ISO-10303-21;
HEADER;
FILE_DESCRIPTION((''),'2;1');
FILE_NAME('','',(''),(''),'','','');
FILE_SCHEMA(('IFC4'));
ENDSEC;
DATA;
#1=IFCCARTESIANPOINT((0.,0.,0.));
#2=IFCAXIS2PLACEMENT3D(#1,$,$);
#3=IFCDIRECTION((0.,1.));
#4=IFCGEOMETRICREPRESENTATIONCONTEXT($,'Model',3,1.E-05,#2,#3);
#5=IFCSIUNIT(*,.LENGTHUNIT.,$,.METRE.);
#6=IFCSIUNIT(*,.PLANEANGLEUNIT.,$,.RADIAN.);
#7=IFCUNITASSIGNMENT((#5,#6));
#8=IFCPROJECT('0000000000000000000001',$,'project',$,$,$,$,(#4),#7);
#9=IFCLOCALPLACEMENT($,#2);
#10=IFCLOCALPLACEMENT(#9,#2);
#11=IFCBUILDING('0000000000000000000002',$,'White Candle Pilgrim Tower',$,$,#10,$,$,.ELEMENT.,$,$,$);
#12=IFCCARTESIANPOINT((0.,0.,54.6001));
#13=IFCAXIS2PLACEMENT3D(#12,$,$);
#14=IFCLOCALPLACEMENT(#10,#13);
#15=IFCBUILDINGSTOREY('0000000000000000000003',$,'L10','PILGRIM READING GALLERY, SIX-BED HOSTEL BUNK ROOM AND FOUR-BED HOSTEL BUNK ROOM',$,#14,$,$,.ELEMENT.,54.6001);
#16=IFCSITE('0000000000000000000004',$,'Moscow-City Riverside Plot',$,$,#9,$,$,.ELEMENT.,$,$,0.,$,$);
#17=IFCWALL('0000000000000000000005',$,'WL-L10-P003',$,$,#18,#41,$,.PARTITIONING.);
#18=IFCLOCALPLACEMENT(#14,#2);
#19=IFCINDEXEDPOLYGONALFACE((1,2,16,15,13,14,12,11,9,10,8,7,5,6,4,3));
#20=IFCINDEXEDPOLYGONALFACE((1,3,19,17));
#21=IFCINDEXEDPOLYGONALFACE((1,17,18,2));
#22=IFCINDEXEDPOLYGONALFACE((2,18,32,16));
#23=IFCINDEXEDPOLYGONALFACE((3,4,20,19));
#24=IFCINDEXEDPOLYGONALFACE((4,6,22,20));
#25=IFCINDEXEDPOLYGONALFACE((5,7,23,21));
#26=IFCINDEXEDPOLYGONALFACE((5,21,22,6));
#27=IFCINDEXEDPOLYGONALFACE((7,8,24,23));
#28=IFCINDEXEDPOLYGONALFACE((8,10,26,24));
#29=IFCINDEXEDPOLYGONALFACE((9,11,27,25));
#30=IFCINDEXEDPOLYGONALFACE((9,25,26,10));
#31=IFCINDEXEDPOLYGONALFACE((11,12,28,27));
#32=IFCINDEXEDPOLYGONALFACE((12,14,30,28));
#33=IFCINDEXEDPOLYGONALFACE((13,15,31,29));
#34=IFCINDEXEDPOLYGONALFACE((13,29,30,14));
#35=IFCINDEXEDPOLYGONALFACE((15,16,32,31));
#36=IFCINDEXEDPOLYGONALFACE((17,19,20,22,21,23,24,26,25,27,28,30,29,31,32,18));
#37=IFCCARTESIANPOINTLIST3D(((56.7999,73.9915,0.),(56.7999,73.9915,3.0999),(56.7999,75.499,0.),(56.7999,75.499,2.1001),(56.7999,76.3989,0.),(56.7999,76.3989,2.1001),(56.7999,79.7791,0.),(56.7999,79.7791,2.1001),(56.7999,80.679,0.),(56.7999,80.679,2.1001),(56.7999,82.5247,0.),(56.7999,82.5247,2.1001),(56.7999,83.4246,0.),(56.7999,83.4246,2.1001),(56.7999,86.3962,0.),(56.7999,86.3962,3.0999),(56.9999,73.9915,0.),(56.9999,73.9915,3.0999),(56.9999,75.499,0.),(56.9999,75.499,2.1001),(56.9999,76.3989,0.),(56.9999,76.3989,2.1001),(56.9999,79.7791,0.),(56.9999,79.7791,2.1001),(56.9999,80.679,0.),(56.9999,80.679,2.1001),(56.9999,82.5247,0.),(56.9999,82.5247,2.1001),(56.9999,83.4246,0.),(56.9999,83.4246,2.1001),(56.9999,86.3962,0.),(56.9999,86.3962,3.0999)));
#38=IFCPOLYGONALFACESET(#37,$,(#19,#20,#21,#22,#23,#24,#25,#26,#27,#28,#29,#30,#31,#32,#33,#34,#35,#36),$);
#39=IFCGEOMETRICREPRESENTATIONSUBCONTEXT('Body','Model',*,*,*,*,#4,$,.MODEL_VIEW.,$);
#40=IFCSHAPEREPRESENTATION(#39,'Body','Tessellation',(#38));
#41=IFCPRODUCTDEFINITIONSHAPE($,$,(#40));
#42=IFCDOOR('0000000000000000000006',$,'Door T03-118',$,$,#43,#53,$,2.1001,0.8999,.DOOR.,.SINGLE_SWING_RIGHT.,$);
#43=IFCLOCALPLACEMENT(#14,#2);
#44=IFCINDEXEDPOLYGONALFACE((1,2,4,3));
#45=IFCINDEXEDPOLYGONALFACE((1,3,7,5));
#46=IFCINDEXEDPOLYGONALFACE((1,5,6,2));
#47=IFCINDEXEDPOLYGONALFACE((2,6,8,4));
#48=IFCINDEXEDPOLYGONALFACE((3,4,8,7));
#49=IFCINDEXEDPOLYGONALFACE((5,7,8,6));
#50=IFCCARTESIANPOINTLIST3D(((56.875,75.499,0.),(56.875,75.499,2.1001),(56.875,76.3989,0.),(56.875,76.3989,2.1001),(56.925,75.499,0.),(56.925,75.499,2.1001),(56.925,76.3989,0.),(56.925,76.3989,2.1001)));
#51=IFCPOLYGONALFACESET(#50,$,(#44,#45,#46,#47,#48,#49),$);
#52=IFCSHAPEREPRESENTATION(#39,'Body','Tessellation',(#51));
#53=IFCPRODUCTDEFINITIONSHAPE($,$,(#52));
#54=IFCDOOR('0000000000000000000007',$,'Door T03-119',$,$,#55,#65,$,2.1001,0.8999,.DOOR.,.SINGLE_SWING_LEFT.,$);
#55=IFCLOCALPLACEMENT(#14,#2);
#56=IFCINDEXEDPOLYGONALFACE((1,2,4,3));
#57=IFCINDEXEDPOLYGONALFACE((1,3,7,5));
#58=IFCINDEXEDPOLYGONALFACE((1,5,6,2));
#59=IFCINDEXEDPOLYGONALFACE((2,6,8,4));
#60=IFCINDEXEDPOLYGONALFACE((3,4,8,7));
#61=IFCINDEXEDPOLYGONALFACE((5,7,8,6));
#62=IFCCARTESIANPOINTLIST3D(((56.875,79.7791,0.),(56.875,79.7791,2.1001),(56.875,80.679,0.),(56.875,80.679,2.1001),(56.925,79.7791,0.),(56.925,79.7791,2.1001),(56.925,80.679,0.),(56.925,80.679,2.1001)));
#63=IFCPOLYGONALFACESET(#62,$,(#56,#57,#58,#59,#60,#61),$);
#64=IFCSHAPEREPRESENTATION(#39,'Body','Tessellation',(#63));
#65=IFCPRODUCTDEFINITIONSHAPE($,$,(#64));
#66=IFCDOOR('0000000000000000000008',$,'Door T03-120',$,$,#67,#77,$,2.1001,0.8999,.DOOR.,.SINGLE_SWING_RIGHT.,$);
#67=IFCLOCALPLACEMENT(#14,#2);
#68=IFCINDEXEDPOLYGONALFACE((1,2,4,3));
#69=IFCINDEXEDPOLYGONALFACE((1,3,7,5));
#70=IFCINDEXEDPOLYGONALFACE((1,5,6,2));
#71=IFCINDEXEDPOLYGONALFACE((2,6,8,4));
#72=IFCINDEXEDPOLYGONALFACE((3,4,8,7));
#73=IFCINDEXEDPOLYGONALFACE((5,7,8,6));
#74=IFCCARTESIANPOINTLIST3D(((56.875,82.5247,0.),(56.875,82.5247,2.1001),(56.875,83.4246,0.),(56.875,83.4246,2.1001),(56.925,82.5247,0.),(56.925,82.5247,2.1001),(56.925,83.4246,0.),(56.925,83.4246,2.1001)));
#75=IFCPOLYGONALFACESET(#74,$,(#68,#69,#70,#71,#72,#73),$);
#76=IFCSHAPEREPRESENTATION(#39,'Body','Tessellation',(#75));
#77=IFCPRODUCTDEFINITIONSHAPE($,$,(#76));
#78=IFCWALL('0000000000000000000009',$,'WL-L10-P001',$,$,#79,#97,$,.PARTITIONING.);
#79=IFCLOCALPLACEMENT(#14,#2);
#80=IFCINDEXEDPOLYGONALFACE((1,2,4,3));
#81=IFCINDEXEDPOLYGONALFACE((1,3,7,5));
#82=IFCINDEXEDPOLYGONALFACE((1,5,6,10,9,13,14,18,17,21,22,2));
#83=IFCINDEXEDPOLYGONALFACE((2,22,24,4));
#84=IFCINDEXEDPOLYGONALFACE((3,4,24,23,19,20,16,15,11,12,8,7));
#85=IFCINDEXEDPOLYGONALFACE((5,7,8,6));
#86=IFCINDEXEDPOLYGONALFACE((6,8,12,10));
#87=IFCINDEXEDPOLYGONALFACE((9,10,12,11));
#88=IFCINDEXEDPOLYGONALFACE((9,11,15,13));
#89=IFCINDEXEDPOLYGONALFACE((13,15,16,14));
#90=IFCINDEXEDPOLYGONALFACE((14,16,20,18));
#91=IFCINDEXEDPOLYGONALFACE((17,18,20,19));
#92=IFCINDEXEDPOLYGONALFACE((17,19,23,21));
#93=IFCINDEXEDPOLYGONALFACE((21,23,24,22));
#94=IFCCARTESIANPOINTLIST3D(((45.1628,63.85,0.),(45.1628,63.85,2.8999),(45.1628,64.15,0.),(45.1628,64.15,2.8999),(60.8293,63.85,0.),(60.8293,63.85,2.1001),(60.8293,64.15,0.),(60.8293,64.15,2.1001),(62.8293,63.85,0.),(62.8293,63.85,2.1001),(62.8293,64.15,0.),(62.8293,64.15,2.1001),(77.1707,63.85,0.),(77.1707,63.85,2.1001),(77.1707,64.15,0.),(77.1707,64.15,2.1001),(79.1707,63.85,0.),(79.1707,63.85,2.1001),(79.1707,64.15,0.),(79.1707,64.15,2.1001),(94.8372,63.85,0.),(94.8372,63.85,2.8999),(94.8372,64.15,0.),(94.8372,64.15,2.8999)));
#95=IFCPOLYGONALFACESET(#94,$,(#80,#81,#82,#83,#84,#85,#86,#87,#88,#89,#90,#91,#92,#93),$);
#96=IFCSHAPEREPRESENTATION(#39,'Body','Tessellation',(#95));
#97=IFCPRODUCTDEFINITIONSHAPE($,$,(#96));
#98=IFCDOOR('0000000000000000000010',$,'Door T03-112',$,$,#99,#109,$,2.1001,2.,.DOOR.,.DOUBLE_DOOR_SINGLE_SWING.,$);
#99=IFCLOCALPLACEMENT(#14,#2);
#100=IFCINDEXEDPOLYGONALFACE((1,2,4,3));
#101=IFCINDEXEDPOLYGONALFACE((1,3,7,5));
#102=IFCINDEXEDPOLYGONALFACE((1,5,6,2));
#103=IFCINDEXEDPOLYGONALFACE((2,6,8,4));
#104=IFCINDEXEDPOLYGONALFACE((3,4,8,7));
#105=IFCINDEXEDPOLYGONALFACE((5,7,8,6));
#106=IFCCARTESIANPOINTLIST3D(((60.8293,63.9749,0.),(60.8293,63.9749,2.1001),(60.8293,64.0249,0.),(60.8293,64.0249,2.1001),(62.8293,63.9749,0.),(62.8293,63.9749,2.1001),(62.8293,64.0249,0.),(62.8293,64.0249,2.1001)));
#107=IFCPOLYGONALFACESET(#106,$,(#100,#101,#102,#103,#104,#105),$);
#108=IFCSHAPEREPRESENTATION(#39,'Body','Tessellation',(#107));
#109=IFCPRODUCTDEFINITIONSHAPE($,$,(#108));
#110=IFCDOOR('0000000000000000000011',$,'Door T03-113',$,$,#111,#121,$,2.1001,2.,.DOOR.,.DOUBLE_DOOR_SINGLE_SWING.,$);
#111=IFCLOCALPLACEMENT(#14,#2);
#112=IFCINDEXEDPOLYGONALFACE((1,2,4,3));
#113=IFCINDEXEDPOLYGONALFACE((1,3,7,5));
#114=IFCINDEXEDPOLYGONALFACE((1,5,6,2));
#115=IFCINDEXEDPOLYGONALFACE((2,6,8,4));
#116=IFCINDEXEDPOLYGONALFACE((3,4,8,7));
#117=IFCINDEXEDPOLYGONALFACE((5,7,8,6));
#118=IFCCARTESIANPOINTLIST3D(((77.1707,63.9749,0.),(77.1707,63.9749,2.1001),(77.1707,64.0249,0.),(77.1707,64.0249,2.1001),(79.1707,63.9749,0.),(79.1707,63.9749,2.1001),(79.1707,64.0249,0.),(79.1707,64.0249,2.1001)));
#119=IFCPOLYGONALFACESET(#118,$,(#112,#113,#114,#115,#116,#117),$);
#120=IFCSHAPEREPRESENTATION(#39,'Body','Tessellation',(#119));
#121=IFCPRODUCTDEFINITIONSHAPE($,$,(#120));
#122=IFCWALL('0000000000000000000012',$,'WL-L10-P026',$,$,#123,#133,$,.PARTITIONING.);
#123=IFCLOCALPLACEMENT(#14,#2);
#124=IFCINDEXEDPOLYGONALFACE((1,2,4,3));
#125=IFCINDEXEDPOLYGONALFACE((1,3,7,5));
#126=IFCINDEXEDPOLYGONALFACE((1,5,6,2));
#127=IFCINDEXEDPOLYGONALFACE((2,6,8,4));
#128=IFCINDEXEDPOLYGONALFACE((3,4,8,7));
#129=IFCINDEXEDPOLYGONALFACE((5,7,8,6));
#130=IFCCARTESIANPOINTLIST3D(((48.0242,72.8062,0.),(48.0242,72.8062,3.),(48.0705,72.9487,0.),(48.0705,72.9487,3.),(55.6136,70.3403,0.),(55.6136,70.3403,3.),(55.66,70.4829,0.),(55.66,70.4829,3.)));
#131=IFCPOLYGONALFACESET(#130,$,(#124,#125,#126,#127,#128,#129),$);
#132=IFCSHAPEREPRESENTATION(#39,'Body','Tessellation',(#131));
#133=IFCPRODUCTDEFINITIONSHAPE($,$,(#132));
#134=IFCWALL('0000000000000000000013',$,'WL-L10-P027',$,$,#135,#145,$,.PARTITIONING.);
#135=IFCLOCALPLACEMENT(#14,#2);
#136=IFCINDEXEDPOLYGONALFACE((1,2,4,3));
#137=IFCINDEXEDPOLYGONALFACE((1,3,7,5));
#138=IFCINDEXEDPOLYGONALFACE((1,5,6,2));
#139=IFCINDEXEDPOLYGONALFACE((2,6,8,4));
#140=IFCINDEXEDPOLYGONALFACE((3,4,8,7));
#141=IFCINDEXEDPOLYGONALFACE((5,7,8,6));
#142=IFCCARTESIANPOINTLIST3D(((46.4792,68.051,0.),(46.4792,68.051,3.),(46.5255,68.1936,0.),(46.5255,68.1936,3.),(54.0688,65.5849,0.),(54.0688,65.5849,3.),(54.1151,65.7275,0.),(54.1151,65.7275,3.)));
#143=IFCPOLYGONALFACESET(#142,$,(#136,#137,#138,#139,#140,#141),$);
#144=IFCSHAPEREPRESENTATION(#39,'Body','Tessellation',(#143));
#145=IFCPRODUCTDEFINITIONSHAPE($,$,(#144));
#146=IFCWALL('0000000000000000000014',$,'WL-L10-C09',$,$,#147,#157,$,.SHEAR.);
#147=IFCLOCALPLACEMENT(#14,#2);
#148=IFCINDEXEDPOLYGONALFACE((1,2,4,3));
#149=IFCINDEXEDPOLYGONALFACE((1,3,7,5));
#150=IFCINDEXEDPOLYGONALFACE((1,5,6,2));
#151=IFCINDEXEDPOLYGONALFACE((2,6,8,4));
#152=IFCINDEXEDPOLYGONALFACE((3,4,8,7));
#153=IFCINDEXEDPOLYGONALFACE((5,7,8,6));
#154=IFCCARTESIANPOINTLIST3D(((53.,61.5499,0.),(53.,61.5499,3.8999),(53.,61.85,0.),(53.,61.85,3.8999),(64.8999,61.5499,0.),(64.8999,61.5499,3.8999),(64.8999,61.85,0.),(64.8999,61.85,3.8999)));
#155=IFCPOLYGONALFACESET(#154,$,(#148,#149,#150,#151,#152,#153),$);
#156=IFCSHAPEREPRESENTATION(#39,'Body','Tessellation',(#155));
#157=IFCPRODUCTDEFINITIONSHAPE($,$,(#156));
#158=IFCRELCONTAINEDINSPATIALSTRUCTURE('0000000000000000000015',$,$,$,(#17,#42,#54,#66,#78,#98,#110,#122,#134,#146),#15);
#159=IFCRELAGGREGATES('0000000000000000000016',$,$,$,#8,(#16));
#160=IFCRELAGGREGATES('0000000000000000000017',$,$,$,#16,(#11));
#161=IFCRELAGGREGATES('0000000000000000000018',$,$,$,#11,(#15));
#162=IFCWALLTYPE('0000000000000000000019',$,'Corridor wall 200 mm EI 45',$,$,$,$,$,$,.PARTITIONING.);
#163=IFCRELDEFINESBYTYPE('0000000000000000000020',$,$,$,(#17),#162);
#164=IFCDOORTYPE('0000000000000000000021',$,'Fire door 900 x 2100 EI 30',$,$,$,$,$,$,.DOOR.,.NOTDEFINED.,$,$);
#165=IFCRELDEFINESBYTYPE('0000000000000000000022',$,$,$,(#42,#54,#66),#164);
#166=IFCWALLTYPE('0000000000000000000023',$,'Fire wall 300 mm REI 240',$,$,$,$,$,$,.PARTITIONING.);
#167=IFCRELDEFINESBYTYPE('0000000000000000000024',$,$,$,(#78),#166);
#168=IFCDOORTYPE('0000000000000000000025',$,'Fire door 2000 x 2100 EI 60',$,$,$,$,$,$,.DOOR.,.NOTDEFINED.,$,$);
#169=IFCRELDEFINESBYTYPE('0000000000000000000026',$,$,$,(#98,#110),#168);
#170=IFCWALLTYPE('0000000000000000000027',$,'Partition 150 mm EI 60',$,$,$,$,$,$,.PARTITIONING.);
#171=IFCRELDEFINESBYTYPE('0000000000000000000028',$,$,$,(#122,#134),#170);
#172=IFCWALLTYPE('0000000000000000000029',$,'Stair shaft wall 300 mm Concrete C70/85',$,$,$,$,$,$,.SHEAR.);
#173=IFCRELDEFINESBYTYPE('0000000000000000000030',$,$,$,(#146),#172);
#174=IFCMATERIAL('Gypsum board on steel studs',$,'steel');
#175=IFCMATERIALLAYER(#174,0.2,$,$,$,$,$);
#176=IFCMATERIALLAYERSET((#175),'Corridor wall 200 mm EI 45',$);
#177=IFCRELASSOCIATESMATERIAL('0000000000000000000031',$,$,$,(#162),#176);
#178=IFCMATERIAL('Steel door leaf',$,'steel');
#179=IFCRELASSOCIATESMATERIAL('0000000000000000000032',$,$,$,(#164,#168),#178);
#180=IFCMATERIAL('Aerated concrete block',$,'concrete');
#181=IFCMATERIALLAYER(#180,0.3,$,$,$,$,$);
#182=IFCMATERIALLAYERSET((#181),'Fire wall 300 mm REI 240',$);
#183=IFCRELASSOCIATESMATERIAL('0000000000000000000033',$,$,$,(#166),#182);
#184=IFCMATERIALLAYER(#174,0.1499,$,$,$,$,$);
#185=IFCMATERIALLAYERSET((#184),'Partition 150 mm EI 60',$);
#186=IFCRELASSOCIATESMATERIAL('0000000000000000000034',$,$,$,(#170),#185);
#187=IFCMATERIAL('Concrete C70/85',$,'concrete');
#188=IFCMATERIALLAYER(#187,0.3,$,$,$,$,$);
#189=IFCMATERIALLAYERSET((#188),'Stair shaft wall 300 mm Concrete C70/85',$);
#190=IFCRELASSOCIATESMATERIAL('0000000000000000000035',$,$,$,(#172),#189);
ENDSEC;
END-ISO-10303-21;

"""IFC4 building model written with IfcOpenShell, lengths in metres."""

from ifc_helpers import new_model, si_unit, direction, frame, frame_2d, origin, place, context, subcontext, project, spatial, rectangle, extrude, material, layer, layer_set, type_object, element, fill, save


model = new_model("IFC4")

# Units and contexts
model_context = context("Model", 3, precision=1e-05, world=origin(), true_north=direction((0.0, 1.0)))
body_context = subcontext(model_context, "Body", "Model", "MODEL_VIEW")
ifc_project = project(units=[si_unit("LENGTHUNIT", "METRE"), si_unit("PLANEANGLEUNIT", "RADIAN")], contexts=[model_context])

# Site, building, storey
site_placement = place(None, origin())
site = spatial("IfcSite", under=ifc_project, at=site_placement, Name="Moscow-City Riverside Plot", CompositionType="ELEMENT", RefElevation=0.0)
building_placement = place(site_placement, origin())
building = spatial("IfcBuilding", under=site, at=building_placement, Name="White Candle Pilgrim Tower", CompositionType="ELEMENT")
storey_placement = place(building_placement, frame((0.0, 0.0, 54.6001)))
storey = spatial("IfcBuildingStorey", under=building, at=storey_placement, Name="L10", Description="PILGRIM READING GALLERY, SIX-BED HOSTEL BUNK ROOM AND FOUR-BED HOSTEL BUNK ROOM", CompositionType="ELEMENT", Elevation=54.6001)

# Walls, openings, doors
ifc_material_1 = material(Name="Gypsum board on steel studs", Category="steel")
ifc_layer_1 = layer(ifc_material_1, 0.2)
ifc_layer_set_1 = layer_set([ifc_layer_1], Name="Corridor wall 200 mm EI 45")
wall_type_1 = type_object("IfcWallType", Name="Corridor wall 200 mm EI 45", PredefinedType="PARTITIONING", material=ifc_layer_set_1)
ifc_material_2 = material(Name="Steel door leaf", Category="steel")
door_type_1 = type_object("IfcDoorType", Name="Fire door 900 x 2100 EI 30", OperationType="NOTDEFINED", PredefinedType="DOOR", material=ifc_material_2)
wall_1_placement = place(storey_placement, frame((56.8999, 73.9915, 0.0), z_axis=(0.0, 0.0, 1.0), x_axis=(0.0, 1.0, 0.0)))
wall_1 = element("IfcWall", 1, at=wall_1_placement, inside=storey, type_object=wall_type_1, Name="WL-L10-P003", PredefinedType="PARTITIONING", context=body_context, shape_type="SweptSolid", body=[
    extrude(rectangle(XDim=12.4048, YDim=0.2, at=frame_2d((6.2024, 0.0))), origin(), (0.0, 0.0, 1.0), 3.0999),
])
opening_1_placement = place(wall_1_placement, frame((1.5076, 0.0, 0.0)))
opening_1 = element("IfcOpeningElement", 2, at=opening_1_placement, cuts=wall_1, PredefinedType="OPENING", context=body_context, shape_type="SweptSolid", body=[
    extrude(rectangle(XDim=0.8999, YDim=2.1001, at=frame_2d((0.45, 1.05))), frame((0.0, 0.1099, 0.0), z_axis=(0.0, -1.0, 0.0), x_axis=(1.0, 0.0, 0.0)), (0.0, 0.0, 1.0), 0.22),
])
opening_2_placement = place(wall_1_placement, frame((5.7876, 0.0, 0.0)))
opening_2 = element("IfcOpeningElement", 3, at=opening_2_placement, cuts=wall_1, PredefinedType="OPENING", context=body_context, shape_type="SweptSolid", body=[
    extrude(rectangle(XDim=0.8999, YDim=2.1001, at=frame_2d((0.45, 1.05))), frame((0.0, 0.1099, 0.0), z_axis=(0.0, -1.0, 0.0), x_axis=(1.0, 0.0, 0.0)), (0.0, 0.0, 1.0), 0.22),
])
opening_3_placement = place(wall_1_placement, frame((8.5332, 0.0, 0.0)))
opening_3 = element("IfcOpeningElement", 4, at=opening_3_placement, cuts=wall_1, PredefinedType="OPENING", context=body_context, shape_type="SweptSolid", body=[
    extrude(rectangle(XDim=0.8999, YDim=2.1001, at=frame_2d((0.45, 1.05))), frame((0.0, 0.1099, 0.0), z_axis=(0.0, -1.0, 0.0), x_axis=(1.0, 0.0, 0.0)), (0.0, 0.0, 1.0), 0.22),
])
door_1_placement = place(opening_1_placement, origin())
door_1 = element("IfcDoor", 5, at=door_1_placement, inside=storey, type_object=door_type_1, Name="Door T03-118", OperationType="SINGLE_SWING_RIGHT", OverallHeight=2.1001, OverallWidth=0.8999, PredefinedType="DOOR", context=body_context, shape_type="SweptSolid", body=[
    extrude(rectangle(XDim=0.8999, YDim=2.1001, at=frame_2d((0.45, 1.05))), frame((0.0, 0.0249, 0.0), z_axis=(0.0, -1.0, 0.0), x_axis=(1.0, 0.0, 0.0)), (0.0, 0.0, 1.0), 0.05),
])
fill(opening_1, door_1)
door_2_placement = place(opening_2_placement, origin())
door_2 = element("IfcDoor", 6, at=door_2_placement, inside=storey, type_object=door_type_1, Name="Door T03-119", OperationType="SINGLE_SWING_LEFT", OverallHeight=2.1001, OverallWidth=0.8999, PredefinedType="DOOR", context=body_context, shape_type="SweptSolid", body=[
    extrude(rectangle(XDim=0.8999, YDim=2.1001, at=frame_2d((0.45, 1.05))), frame((0.0, 0.0249, 0.0), z_axis=(0.0, -1.0, 0.0), x_axis=(1.0, 0.0, 0.0)), (0.0, 0.0, 1.0), 0.05),
])
fill(opening_2, door_2)
door_3_placement = place(opening_3_placement, origin())
door_3 = element("IfcDoor", 7, at=door_3_placement, inside=storey, type_object=door_type_1, Name="Door T03-120", OperationType="SINGLE_SWING_RIGHT", OverallHeight=2.1001, OverallWidth=0.8999, PredefinedType="DOOR", context=body_context, shape_type="SweptSolid", body=[
    extrude(rectangle(XDim=0.8999, YDim=2.1001, at=frame_2d((0.45, 1.05))), frame((0.0, 0.0249, 0.0), z_axis=(0.0, -1.0, 0.0), x_axis=(1.0, 0.0, 0.0)), (0.0, 0.0, 1.0), 0.05),
])
fill(opening_3, door_3)
ifc_material_3 = material(Name="Aerated concrete block", Category="concrete")
ifc_layer_2 = layer(ifc_material_3, 0.3)
ifc_layer_set_2 = layer_set([ifc_layer_2], Name="Fire wall 300 mm REI 240")
wall_type_2 = type_object("IfcWallType", Name="Fire wall 300 mm REI 240", PredefinedType="PARTITIONING", material=ifc_layer_set_2)
wall_2_placement = place(storey_placement, frame((45.1628, 64.0, 0.0), z_axis=(0.0, 0.0, 1.0), x_axis=(1.0, 0.0, 0.0)))
wall_2 = element("IfcWall", 8, at=wall_2_placement, inside=storey, type_object=wall_type_2, Name="WL-L10-P001", PredefinedType="PARTITIONING", context=body_context, shape_type="SweptSolid", body=[
    extrude(rectangle(XDim=49.6743, YDim=0.3, at=frame_2d((24.8372, 0.0))), origin(), (0.0, 0.0, 1.0), 2.8999),
])
opening_4_placement = place(wall_2_placement, frame((15.6665, 0.0, 0.0)))
opening_4 = element("IfcOpeningElement", 9, at=opening_4_placement, cuts=wall_2, PredefinedType="OPENING", context=body_context, shape_type="SweptSolid", body=[
    extrude(rectangle(XDim=2.0, YDim=2.1001, at=frame_2d((1.0, 1.05))), frame((0.0, 0.1599, 0.0), z_axis=(0.0, -1.0, 0.0), x_axis=(1.0, 0.0, 0.0)), (0.0, 0.0, 1.0), 0.3201),
])
opening_5_placement = place(wall_2_placement, frame((32.0078, 0.0, 0.0)))
opening_5 = element("IfcOpeningElement", 10, at=opening_5_placement, cuts=wall_2, PredefinedType="OPENING", context=body_context, shape_type="SweptSolid", body=[
    extrude(rectangle(XDim=2.0, YDim=2.1001, at=frame_2d((1.0, 1.05))), frame((0.0, 0.1599, 0.0), z_axis=(0.0, -1.0, 0.0), x_axis=(1.0, 0.0, 0.0)), (0.0, 0.0, 1.0), 0.3201),
])
door_type_2 = type_object("IfcDoorType", Name="Fire door 2000 x 2100 EI 60", OperationType="NOTDEFINED", PredefinedType="DOOR", material=ifc_material_2)
door_4_placement = place(opening_4_placement, origin())
door_4 = element("IfcDoor", 11, at=door_4_placement, inside=storey, type_object=door_type_2, Name="Door T03-112", OperationType="DOUBLE_DOOR_SINGLE_SWING", OverallHeight=2.1001, OverallWidth=2.0, PredefinedType="DOOR", context=body_context, shape_type="SweptSolid", body=[
    extrude(rectangle(XDim=2.0, YDim=2.1001, at=frame_2d((1.0, 1.05))), frame((0.0, 0.0249, 0.0), z_axis=(0.0, -1.0, 0.0), x_axis=(1.0, 0.0, 0.0)), (0.0, 0.0, 1.0), 0.05),
])
fill(opening_4, door_4)
door_5_placement = place(opening_5_placement, origin())
door_5 = element("IfcDoor", 12, at=door_5_placement, inside=storey, type_object=door_type_2, Name="Door T03-113", OperationType="DOUBLE_DOOR_SINGLE_SWING", OverallHeight=2.1001, OverallWidth=2.0, PredefinedType="DOOR", context=body_context, shape_type="SweptSolid", body=[
    extrude(rectangle(XDim=2.0, YDim=2.1001, at=frame_2d((1.0, 1.05))), frame((0.0, 0.0249, 0.0), z_axis=(0.0, -1.0, 0.0), x_axis=(1.0, 0.0, 0.0)), (0.0, 0.0, 1.0), 0.05),
])
fill(opening_5, door_5)

# Walls
ifc_layer_3 = layer(ifc_material_1, 0.1499)
ifc_layer_set_3 = layer_set([ifc_layer_3], Name="Partition 150 mm EI 60")
wall_type_3 = type_object("IfcWallType", Name="Partition 150 mm EI 60", PredefinedType="PARTITIONING", material=ifc_layer_set_3)
wall_3_placement = place(storey_placement, frame((48.0474, 72.8774, 0.0), z_axis=(0.0, 0.0, 1.0), x_axis=(0.951061, -0.309004, 0.0)))
element("IfcWall", 13, at=wall_3_placement, inside=storey, type_object=wall_type_3, Name="WL-L10-P026", PredefinedType="PARTITIONING", context=body_context, shape_type="SweptSolid", body=[
    extrude(rectangle(XDim=7.98, YDim=0.1499, at=frame_2d((3.99, 0.0))), origin(), (0.0, 0.0, 1.0), 3.0),
])
wall_4_placement = place(storey_placement, frame((46.5022, 68.1223, 0.0), z_axis=(0.0, 0.0, 1.0), x_axis=(0.951055, -0.309023, 0.0)))
element("IfcWall", 14, at=wall_4_placement, inside=storey, type_object=wall_type_3, Name="WL-L10-P027", PredefinedType="PARTITIONING", context=body_context, shape_type="SweptSolid", body=[
    extrude(rectangle(XDim=7.9802, YDim=0.1499, at=frame_2d((3.9902, 0.0))), origin(), (0.0, 0.0, 1.0), 3.0),
])
ifc_material_4 = material(Name="Concrete C70/85", Category="concrete")
ifc_layer_4 = layer(ifc_material_4, 0.3)
ifc_layer_set_4 = layer_set([ifc_layer_4], Name="Stair shaft wall 300 mm Concrete C70/85")
wall_type_4 = type_object("IfcWallType", Name="Stair shaft wall 300 mm Concrete C70/85", PredefinedType="SHEAR", material=ifc_layer_set_4)
wall_5_placement = place(storey_placement, frame((53.0, 61.7, 0.0), z_axis=(0.0, 0.0, 1.0), x_axis=(1.0, 0.0, 0.0)))
element("IfcWall", 15, at=wall_5_placement, inside=storey, type_object=wall_type_4, Name="WL-L10-C09", PredefinedType="SHEAR", context=body_context, shape_type="SweptSolid", body=[
    extrude(rectangle(XDim=11.8999, YDim=0.3, at=frame_2d((5.95, 0.0))), origin(), (0.0, 0.0, 1.0), 3.8999),
])

save(model, "model.ifc")
